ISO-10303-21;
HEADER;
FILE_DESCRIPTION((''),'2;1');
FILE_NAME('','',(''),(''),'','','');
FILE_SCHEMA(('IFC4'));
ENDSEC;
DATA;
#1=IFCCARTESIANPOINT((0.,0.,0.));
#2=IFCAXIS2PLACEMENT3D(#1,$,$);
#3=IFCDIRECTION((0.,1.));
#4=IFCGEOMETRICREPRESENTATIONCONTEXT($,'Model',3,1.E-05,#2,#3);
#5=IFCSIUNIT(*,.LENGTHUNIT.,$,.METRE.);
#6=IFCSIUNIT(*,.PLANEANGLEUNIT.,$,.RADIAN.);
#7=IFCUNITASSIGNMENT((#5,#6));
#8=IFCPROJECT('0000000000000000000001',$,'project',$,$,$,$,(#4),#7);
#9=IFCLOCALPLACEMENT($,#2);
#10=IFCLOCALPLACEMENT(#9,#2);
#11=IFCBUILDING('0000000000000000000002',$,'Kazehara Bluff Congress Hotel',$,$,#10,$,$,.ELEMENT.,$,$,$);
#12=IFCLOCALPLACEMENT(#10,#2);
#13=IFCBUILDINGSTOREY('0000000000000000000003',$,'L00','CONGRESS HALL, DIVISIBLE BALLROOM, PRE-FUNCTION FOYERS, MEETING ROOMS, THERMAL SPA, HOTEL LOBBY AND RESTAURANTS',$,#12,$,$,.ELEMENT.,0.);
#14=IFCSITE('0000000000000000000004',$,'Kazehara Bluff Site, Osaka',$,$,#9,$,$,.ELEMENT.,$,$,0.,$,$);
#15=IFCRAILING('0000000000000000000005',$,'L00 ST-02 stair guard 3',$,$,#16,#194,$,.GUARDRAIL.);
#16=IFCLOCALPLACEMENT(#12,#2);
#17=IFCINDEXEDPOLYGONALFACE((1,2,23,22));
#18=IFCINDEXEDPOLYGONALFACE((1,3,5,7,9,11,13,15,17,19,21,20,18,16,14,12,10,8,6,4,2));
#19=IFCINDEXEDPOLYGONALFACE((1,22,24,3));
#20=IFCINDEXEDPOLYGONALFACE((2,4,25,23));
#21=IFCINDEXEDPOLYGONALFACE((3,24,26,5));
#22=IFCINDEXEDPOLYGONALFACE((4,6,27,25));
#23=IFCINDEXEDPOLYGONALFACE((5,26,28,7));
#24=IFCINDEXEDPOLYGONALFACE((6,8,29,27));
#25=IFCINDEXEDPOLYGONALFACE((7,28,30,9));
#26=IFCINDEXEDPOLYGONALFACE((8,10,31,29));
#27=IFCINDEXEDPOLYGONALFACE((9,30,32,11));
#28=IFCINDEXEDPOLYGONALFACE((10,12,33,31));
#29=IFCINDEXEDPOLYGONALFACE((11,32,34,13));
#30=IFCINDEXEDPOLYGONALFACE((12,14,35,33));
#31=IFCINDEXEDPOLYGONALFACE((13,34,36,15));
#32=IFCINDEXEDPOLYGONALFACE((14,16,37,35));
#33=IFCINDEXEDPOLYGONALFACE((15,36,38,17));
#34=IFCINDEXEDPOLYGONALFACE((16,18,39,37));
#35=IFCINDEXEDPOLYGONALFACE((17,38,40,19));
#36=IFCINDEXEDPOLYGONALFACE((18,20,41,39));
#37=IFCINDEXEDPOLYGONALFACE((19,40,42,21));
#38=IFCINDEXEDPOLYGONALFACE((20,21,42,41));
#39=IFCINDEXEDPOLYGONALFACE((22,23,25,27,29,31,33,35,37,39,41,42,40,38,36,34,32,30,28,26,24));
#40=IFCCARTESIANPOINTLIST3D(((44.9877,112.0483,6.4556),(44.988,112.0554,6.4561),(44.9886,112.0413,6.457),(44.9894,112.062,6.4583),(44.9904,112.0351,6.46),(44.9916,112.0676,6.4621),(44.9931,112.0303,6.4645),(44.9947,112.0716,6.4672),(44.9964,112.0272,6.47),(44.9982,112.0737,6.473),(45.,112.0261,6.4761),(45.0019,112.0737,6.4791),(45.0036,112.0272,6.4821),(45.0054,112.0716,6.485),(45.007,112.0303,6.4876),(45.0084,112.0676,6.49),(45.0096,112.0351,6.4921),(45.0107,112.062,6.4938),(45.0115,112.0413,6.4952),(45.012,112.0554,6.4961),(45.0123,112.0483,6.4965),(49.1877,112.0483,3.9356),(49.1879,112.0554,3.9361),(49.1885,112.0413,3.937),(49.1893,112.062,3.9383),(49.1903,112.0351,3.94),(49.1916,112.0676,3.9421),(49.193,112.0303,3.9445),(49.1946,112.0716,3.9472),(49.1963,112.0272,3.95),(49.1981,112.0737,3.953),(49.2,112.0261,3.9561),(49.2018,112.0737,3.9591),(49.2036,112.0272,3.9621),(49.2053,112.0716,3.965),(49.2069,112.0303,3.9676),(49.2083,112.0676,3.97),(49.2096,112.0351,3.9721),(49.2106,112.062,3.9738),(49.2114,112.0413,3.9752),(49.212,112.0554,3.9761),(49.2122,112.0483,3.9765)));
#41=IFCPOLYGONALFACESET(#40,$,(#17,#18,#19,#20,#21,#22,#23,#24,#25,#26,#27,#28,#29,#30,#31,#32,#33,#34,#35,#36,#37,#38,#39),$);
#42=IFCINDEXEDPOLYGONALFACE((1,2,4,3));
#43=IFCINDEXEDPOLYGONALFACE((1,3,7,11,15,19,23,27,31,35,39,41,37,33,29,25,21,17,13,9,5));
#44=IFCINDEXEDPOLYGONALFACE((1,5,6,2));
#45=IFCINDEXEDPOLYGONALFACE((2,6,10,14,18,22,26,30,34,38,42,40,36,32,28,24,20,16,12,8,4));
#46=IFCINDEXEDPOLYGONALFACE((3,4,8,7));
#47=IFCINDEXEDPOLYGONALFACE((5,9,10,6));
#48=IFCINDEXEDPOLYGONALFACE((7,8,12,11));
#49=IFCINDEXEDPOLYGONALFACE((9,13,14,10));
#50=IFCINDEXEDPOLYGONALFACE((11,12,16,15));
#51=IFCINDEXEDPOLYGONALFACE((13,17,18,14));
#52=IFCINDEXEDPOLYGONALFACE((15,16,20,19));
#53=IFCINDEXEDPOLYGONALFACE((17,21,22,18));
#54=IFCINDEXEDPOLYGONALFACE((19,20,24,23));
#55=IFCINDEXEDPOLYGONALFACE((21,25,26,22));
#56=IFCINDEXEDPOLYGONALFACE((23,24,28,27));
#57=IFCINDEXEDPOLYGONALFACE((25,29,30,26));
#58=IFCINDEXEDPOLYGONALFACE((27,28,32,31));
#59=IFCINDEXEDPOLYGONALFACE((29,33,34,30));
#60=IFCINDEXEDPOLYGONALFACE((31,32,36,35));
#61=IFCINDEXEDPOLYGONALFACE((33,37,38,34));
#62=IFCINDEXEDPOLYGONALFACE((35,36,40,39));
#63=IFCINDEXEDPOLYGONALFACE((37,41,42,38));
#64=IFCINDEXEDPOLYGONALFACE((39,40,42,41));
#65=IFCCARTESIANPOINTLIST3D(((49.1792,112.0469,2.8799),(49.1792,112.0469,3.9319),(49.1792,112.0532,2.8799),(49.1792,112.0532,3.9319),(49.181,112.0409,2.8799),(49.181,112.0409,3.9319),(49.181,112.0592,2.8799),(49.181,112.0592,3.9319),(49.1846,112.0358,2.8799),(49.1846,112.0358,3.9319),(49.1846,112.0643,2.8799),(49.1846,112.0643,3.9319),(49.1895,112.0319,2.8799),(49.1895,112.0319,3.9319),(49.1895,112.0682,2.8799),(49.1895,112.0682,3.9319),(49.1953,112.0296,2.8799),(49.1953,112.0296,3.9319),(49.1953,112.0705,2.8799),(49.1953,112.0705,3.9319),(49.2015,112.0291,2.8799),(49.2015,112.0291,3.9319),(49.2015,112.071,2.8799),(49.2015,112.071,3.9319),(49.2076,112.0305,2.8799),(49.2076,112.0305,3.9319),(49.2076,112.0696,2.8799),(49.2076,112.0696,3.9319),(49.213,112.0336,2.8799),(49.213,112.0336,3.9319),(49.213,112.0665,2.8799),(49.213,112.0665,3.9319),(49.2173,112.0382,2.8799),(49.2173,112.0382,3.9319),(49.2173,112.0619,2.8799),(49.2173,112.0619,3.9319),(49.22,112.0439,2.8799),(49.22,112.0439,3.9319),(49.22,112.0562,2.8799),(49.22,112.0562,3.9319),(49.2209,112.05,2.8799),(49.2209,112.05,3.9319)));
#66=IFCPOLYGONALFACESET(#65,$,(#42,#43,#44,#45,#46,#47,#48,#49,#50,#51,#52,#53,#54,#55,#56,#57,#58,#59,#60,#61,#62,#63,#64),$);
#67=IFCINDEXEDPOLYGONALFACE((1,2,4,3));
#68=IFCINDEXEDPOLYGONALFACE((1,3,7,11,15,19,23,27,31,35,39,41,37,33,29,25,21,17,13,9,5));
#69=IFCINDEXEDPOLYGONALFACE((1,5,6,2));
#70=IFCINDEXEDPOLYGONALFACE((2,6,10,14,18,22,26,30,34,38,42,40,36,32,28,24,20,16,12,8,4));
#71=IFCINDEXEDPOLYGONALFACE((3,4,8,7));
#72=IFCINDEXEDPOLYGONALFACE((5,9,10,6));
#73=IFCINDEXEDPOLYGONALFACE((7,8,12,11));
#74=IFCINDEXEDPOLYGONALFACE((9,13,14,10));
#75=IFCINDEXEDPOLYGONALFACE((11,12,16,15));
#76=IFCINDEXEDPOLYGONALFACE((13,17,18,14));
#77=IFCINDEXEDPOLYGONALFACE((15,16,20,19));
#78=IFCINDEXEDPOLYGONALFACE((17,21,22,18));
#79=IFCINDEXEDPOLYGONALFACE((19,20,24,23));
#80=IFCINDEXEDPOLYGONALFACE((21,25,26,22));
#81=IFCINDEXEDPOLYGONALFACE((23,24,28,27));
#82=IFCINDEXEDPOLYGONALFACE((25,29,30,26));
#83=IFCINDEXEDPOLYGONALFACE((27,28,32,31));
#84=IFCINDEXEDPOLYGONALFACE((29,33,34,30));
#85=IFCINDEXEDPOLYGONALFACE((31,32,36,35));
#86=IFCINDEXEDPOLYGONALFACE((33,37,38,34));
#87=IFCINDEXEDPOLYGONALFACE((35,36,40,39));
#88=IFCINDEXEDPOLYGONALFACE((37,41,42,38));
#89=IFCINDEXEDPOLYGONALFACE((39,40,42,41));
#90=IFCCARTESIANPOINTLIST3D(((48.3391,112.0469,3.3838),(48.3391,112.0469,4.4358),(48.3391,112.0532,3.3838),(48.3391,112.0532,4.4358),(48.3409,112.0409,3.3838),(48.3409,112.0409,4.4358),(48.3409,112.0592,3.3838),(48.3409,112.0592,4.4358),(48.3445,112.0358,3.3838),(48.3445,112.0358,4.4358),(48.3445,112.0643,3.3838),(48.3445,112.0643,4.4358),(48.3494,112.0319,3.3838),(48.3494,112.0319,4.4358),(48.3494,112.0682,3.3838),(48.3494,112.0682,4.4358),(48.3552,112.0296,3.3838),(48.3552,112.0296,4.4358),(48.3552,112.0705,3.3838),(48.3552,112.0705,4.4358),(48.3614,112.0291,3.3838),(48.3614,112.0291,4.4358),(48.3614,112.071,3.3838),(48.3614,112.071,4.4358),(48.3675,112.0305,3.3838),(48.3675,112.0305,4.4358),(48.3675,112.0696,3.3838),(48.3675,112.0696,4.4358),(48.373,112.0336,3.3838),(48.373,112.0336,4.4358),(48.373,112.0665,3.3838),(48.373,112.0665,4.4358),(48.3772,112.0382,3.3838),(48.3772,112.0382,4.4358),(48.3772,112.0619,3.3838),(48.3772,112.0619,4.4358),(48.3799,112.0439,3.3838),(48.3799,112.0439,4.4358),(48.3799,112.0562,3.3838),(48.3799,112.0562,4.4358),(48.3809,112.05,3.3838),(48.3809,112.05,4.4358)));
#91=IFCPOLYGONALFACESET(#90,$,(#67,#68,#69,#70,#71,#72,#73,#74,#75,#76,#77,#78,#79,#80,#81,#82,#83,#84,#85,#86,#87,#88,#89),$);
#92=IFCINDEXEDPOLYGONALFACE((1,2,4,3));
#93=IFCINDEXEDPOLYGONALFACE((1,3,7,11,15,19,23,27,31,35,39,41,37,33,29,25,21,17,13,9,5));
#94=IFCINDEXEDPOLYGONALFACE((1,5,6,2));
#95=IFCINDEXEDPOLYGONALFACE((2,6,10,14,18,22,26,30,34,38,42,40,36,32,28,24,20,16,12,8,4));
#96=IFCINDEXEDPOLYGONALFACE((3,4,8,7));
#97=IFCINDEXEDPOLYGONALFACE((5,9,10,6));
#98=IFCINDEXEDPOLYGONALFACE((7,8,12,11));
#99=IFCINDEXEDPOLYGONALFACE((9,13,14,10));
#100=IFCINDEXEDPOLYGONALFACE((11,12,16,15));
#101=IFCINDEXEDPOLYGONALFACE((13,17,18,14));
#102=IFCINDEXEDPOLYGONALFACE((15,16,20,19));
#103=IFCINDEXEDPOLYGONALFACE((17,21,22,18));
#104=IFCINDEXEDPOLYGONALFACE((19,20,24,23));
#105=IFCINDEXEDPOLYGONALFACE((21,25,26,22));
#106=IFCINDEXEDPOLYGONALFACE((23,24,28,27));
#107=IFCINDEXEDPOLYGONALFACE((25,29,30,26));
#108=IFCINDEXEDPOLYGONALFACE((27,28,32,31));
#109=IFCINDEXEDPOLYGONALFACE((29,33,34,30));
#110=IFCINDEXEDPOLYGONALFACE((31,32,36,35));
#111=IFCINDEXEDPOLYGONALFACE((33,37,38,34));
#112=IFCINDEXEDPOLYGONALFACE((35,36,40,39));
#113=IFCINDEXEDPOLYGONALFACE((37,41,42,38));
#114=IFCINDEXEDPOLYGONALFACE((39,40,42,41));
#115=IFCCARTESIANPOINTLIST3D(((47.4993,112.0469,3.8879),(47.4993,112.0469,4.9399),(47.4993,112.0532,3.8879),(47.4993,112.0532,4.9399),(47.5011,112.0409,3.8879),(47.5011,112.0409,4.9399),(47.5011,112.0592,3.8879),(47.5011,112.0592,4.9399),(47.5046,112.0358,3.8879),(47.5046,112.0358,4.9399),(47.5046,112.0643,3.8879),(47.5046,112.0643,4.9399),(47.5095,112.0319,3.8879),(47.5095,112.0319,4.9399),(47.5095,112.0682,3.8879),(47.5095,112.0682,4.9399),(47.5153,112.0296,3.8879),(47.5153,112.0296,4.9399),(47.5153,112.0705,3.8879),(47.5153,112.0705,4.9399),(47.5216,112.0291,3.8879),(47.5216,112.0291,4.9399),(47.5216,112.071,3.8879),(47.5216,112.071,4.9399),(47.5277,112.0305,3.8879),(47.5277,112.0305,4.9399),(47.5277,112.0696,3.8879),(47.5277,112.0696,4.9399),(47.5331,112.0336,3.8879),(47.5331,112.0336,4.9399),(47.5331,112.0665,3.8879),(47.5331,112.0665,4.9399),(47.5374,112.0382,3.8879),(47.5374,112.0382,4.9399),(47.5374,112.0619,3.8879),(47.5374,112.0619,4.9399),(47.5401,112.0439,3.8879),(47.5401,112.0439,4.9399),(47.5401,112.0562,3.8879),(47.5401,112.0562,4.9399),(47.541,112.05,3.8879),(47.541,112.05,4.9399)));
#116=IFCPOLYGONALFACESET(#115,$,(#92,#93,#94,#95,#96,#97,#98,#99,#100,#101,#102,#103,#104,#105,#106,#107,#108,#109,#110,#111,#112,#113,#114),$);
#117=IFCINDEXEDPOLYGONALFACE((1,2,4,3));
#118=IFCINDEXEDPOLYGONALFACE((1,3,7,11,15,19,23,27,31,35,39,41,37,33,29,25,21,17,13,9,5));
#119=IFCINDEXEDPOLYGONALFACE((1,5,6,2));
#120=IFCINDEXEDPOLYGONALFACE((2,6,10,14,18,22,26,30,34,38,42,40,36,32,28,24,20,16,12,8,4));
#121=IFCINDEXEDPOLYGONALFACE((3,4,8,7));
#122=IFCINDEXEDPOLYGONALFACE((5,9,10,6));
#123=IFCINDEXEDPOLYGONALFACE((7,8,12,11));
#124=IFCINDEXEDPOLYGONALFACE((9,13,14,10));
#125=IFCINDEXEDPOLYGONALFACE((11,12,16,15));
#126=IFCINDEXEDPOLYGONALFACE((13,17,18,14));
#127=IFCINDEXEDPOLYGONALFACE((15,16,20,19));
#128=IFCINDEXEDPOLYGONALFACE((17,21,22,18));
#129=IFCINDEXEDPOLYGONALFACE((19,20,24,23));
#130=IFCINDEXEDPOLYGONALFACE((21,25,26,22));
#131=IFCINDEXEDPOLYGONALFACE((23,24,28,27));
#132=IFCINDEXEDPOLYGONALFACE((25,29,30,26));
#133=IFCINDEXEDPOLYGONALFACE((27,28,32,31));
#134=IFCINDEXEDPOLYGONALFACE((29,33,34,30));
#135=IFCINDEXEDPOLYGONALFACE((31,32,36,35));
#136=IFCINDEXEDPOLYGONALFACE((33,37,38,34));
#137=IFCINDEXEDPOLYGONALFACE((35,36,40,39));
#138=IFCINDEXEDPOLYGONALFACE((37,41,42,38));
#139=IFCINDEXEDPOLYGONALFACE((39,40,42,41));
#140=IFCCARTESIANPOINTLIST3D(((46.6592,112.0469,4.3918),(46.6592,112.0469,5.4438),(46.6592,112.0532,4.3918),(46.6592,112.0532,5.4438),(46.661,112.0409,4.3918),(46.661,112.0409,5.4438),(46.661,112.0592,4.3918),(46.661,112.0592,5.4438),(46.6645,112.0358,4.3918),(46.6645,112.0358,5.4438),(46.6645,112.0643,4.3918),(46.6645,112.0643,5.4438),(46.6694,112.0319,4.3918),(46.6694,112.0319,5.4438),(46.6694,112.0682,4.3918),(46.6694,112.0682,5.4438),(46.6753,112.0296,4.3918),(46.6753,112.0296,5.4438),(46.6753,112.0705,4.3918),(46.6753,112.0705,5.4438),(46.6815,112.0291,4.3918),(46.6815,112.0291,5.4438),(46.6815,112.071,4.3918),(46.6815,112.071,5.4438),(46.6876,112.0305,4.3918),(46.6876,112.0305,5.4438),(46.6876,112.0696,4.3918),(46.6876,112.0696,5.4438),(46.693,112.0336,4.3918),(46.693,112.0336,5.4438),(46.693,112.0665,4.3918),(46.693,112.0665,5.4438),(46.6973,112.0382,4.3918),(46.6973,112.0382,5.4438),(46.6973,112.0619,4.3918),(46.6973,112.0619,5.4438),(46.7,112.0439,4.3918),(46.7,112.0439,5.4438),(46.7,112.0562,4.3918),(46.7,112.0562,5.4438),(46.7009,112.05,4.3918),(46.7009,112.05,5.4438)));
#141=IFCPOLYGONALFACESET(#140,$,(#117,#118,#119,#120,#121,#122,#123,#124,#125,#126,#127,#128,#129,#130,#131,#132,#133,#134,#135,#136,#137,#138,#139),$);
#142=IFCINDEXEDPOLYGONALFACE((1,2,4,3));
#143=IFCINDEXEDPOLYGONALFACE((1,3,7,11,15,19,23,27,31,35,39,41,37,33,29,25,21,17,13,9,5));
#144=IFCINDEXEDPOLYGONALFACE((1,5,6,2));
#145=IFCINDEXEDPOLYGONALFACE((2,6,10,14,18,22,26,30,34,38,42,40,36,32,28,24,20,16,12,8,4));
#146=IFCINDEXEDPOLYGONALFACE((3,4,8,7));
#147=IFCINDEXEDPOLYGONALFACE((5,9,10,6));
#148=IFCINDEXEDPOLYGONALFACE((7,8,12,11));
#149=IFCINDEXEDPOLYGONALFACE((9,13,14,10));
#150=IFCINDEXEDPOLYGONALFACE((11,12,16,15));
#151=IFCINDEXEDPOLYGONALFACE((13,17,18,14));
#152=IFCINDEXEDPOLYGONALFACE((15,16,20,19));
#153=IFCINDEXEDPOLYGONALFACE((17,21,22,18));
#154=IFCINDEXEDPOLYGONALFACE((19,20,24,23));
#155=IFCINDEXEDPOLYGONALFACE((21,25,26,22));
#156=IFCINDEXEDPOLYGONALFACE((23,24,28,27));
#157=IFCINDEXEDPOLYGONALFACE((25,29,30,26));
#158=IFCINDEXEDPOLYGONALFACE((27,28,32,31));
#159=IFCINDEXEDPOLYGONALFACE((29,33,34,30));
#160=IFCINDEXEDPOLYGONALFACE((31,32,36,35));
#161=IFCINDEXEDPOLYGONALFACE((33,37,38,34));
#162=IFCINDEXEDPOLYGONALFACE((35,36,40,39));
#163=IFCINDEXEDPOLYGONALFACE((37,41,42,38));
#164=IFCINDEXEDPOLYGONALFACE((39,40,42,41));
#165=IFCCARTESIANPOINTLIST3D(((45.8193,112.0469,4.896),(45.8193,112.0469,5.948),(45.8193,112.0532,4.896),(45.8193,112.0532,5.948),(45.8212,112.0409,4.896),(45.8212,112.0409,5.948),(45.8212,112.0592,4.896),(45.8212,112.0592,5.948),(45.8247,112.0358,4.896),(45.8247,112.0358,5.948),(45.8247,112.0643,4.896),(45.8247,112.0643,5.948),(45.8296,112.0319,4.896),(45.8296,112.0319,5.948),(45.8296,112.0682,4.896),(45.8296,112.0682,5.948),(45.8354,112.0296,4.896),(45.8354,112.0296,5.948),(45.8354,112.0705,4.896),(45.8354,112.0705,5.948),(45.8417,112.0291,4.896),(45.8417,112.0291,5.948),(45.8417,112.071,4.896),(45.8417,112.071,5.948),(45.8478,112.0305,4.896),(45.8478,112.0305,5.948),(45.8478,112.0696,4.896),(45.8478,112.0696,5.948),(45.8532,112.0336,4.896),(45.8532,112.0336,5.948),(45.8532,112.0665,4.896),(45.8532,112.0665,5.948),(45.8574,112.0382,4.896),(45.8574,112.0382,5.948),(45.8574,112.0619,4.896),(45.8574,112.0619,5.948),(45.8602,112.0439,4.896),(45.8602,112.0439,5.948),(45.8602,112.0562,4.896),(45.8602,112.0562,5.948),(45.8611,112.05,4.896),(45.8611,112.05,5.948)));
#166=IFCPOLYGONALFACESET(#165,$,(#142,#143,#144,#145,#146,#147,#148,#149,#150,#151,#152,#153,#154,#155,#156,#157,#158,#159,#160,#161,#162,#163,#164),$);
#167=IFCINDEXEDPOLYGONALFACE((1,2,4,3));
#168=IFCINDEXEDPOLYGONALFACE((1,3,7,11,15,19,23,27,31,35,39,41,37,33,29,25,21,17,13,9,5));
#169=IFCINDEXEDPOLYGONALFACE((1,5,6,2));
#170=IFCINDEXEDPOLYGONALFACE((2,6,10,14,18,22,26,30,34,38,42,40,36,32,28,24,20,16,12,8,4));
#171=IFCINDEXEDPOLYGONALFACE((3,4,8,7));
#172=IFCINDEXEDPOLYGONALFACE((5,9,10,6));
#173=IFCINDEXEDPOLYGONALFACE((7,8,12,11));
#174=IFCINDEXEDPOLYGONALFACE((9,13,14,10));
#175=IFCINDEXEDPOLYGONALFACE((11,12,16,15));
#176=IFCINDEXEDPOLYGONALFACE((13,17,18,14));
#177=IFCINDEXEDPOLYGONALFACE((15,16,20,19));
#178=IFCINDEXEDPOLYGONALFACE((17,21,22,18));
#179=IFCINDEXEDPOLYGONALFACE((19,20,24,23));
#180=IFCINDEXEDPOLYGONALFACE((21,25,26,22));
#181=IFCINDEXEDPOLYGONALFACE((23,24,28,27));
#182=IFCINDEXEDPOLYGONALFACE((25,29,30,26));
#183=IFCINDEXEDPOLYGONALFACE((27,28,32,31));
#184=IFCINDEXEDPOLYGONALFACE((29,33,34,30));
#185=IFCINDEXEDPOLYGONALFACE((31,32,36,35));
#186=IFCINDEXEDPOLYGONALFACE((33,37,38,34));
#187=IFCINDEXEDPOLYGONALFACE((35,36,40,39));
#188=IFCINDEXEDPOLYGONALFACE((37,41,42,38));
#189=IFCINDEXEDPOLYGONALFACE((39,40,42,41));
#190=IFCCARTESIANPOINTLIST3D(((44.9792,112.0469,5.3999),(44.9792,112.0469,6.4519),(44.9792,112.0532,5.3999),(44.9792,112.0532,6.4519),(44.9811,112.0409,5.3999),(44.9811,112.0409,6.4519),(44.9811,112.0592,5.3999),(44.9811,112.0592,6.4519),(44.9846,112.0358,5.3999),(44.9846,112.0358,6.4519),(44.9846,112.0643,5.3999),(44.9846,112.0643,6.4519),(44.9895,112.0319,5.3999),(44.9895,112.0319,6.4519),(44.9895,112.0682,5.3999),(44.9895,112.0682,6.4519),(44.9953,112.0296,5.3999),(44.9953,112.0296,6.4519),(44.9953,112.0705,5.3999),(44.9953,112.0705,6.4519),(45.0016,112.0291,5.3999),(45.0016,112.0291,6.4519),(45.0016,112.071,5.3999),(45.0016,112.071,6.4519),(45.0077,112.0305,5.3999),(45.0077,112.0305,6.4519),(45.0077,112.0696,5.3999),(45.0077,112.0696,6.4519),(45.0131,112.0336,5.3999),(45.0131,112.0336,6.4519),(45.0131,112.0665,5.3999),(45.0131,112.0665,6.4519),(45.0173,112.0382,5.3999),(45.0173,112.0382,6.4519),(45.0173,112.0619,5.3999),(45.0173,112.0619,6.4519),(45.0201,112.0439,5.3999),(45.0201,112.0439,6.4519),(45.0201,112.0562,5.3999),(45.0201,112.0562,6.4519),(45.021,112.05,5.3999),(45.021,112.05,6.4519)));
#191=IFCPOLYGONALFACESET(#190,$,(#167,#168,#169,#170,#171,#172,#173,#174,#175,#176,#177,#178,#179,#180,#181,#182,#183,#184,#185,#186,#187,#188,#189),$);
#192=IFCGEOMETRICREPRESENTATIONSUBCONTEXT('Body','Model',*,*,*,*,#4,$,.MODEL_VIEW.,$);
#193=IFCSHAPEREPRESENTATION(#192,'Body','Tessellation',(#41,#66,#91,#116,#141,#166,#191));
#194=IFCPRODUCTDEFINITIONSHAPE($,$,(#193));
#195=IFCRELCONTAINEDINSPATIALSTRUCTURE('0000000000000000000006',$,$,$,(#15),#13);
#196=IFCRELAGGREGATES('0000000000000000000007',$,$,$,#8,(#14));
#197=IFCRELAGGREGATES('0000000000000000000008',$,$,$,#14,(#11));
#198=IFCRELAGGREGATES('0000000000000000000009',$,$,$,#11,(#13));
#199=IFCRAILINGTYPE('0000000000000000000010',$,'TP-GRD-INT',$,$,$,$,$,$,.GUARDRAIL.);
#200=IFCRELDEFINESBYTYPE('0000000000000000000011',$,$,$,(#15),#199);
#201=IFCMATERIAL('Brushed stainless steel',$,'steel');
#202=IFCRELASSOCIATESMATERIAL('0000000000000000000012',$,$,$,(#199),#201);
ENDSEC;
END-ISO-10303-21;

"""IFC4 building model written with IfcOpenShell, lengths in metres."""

from ifc_helpers import new_model, si_unit, direction, frame, origin, origin_2d, place, context, subcontext, project, spatial, circle, extrude, material, type_object, element, save


model = new_model("IFC4")

# Units and contexts
model_context = context("Model", 3, precision=1e-05, world=origin(), true_north=direction((0.0, 1.0)))
body_context = subcontext(model_context, "Body", "Model", "MODEL_VIEW")
ifc_project = project(units=[si_unit("LENGTHUNIT", "METRE"), si_unit("PLANEANGLEUNIT", "RADIAN")], contexts=[model_context])

# Site, building, storey
site_placement = place(None, origin())
site = spatial("IfcSite", under=ifc_project, at=site_placement, Name="Kazehara Bluff Site, Osaka", CompositionType="ELEMENT", RefElevation=0.0)
building_placement = place(site_placement, origin())
building = spatial("IfcBuilding", under=site, at=building_placement, Name="Kazehara Bluff Congress Hotel", CompositionType="ELEMENT")
storey_placement = place(building_placement, origin())
storey = spatial("IfcBuildingStorey", under=building, at=storey_placement, Name="L00", Description="CONGRESS HALL, DIVISIBLE BALLROOM, PRE-FUNCTION FOYERS, MEETING ROOMS, THERMAL SPA, HOTEL LOBBY AND RESTAURANTS", CompositionType="ELEMENT", Elevation=0.0)

# Railing
ifc_material_1 = material(Name="Brushed stainless steel", Category="steel")
railing_type = type_object("IfcRailingType", Name="TP-GRD-INT", PredefinedType="GUARDRAIL", material=ifc_material_1)
railing_1_placement = place(storey_placement, frame((49.2, 112.05, 2.8799)))
element("IfcRailing", 1, at=railing_1_placement, inside=storey, type_object=railing_type, Name="L00 ST-02 stair guard 3", PredefinedType="GUARDRAIL", context=body_context, shape_type="SweptSolid", body=[
    extrude(circle(Radius=0.0239, at=origin_2d()), frame((0.0, 0.0, 1.0762), z_axis=(-0.857489, 0.0, 0.514503), x_axis=(0.0, -1.0, 0.0)), (0.0, 0.0, 1.0), 4.8979),
    extrude(circle(Radius=0.021, at=origin_2d()), origin(), (0.0, 0.0, 1.0), 1.052),
    extrude(circle(Radius=0.021, at=origin_2d()), frame((-0.8401, 0.0, 0.5039)), (0.0, 0.0, 1.0), 1.052),
    extrude(circle(Radius=0.021, at=origin_2d()), frame((-1.6799, 0.0, 1.0081)), (0.0, 0.0, 1.0), 1.052),
    extrude(circle(Radius=0.021, at=origin_2d()), frame((-2.52, 0.0, 1.512)), (0.0, 0.0, 1.0), 1.052),
    extrude(circle(Radius=0.021, at=origin_2d()), frame((-3.3599, 0.0, 2.0161)), (0.0, 0.0, 1.0), 1.052),
    extrude(circle(Radius=0.021, at=origin_2d()), frame((-4.2, 0.0, 2.52)), (0.0, 0.0, 1.0), 1.052),
])

save(model, "model.ifc")
